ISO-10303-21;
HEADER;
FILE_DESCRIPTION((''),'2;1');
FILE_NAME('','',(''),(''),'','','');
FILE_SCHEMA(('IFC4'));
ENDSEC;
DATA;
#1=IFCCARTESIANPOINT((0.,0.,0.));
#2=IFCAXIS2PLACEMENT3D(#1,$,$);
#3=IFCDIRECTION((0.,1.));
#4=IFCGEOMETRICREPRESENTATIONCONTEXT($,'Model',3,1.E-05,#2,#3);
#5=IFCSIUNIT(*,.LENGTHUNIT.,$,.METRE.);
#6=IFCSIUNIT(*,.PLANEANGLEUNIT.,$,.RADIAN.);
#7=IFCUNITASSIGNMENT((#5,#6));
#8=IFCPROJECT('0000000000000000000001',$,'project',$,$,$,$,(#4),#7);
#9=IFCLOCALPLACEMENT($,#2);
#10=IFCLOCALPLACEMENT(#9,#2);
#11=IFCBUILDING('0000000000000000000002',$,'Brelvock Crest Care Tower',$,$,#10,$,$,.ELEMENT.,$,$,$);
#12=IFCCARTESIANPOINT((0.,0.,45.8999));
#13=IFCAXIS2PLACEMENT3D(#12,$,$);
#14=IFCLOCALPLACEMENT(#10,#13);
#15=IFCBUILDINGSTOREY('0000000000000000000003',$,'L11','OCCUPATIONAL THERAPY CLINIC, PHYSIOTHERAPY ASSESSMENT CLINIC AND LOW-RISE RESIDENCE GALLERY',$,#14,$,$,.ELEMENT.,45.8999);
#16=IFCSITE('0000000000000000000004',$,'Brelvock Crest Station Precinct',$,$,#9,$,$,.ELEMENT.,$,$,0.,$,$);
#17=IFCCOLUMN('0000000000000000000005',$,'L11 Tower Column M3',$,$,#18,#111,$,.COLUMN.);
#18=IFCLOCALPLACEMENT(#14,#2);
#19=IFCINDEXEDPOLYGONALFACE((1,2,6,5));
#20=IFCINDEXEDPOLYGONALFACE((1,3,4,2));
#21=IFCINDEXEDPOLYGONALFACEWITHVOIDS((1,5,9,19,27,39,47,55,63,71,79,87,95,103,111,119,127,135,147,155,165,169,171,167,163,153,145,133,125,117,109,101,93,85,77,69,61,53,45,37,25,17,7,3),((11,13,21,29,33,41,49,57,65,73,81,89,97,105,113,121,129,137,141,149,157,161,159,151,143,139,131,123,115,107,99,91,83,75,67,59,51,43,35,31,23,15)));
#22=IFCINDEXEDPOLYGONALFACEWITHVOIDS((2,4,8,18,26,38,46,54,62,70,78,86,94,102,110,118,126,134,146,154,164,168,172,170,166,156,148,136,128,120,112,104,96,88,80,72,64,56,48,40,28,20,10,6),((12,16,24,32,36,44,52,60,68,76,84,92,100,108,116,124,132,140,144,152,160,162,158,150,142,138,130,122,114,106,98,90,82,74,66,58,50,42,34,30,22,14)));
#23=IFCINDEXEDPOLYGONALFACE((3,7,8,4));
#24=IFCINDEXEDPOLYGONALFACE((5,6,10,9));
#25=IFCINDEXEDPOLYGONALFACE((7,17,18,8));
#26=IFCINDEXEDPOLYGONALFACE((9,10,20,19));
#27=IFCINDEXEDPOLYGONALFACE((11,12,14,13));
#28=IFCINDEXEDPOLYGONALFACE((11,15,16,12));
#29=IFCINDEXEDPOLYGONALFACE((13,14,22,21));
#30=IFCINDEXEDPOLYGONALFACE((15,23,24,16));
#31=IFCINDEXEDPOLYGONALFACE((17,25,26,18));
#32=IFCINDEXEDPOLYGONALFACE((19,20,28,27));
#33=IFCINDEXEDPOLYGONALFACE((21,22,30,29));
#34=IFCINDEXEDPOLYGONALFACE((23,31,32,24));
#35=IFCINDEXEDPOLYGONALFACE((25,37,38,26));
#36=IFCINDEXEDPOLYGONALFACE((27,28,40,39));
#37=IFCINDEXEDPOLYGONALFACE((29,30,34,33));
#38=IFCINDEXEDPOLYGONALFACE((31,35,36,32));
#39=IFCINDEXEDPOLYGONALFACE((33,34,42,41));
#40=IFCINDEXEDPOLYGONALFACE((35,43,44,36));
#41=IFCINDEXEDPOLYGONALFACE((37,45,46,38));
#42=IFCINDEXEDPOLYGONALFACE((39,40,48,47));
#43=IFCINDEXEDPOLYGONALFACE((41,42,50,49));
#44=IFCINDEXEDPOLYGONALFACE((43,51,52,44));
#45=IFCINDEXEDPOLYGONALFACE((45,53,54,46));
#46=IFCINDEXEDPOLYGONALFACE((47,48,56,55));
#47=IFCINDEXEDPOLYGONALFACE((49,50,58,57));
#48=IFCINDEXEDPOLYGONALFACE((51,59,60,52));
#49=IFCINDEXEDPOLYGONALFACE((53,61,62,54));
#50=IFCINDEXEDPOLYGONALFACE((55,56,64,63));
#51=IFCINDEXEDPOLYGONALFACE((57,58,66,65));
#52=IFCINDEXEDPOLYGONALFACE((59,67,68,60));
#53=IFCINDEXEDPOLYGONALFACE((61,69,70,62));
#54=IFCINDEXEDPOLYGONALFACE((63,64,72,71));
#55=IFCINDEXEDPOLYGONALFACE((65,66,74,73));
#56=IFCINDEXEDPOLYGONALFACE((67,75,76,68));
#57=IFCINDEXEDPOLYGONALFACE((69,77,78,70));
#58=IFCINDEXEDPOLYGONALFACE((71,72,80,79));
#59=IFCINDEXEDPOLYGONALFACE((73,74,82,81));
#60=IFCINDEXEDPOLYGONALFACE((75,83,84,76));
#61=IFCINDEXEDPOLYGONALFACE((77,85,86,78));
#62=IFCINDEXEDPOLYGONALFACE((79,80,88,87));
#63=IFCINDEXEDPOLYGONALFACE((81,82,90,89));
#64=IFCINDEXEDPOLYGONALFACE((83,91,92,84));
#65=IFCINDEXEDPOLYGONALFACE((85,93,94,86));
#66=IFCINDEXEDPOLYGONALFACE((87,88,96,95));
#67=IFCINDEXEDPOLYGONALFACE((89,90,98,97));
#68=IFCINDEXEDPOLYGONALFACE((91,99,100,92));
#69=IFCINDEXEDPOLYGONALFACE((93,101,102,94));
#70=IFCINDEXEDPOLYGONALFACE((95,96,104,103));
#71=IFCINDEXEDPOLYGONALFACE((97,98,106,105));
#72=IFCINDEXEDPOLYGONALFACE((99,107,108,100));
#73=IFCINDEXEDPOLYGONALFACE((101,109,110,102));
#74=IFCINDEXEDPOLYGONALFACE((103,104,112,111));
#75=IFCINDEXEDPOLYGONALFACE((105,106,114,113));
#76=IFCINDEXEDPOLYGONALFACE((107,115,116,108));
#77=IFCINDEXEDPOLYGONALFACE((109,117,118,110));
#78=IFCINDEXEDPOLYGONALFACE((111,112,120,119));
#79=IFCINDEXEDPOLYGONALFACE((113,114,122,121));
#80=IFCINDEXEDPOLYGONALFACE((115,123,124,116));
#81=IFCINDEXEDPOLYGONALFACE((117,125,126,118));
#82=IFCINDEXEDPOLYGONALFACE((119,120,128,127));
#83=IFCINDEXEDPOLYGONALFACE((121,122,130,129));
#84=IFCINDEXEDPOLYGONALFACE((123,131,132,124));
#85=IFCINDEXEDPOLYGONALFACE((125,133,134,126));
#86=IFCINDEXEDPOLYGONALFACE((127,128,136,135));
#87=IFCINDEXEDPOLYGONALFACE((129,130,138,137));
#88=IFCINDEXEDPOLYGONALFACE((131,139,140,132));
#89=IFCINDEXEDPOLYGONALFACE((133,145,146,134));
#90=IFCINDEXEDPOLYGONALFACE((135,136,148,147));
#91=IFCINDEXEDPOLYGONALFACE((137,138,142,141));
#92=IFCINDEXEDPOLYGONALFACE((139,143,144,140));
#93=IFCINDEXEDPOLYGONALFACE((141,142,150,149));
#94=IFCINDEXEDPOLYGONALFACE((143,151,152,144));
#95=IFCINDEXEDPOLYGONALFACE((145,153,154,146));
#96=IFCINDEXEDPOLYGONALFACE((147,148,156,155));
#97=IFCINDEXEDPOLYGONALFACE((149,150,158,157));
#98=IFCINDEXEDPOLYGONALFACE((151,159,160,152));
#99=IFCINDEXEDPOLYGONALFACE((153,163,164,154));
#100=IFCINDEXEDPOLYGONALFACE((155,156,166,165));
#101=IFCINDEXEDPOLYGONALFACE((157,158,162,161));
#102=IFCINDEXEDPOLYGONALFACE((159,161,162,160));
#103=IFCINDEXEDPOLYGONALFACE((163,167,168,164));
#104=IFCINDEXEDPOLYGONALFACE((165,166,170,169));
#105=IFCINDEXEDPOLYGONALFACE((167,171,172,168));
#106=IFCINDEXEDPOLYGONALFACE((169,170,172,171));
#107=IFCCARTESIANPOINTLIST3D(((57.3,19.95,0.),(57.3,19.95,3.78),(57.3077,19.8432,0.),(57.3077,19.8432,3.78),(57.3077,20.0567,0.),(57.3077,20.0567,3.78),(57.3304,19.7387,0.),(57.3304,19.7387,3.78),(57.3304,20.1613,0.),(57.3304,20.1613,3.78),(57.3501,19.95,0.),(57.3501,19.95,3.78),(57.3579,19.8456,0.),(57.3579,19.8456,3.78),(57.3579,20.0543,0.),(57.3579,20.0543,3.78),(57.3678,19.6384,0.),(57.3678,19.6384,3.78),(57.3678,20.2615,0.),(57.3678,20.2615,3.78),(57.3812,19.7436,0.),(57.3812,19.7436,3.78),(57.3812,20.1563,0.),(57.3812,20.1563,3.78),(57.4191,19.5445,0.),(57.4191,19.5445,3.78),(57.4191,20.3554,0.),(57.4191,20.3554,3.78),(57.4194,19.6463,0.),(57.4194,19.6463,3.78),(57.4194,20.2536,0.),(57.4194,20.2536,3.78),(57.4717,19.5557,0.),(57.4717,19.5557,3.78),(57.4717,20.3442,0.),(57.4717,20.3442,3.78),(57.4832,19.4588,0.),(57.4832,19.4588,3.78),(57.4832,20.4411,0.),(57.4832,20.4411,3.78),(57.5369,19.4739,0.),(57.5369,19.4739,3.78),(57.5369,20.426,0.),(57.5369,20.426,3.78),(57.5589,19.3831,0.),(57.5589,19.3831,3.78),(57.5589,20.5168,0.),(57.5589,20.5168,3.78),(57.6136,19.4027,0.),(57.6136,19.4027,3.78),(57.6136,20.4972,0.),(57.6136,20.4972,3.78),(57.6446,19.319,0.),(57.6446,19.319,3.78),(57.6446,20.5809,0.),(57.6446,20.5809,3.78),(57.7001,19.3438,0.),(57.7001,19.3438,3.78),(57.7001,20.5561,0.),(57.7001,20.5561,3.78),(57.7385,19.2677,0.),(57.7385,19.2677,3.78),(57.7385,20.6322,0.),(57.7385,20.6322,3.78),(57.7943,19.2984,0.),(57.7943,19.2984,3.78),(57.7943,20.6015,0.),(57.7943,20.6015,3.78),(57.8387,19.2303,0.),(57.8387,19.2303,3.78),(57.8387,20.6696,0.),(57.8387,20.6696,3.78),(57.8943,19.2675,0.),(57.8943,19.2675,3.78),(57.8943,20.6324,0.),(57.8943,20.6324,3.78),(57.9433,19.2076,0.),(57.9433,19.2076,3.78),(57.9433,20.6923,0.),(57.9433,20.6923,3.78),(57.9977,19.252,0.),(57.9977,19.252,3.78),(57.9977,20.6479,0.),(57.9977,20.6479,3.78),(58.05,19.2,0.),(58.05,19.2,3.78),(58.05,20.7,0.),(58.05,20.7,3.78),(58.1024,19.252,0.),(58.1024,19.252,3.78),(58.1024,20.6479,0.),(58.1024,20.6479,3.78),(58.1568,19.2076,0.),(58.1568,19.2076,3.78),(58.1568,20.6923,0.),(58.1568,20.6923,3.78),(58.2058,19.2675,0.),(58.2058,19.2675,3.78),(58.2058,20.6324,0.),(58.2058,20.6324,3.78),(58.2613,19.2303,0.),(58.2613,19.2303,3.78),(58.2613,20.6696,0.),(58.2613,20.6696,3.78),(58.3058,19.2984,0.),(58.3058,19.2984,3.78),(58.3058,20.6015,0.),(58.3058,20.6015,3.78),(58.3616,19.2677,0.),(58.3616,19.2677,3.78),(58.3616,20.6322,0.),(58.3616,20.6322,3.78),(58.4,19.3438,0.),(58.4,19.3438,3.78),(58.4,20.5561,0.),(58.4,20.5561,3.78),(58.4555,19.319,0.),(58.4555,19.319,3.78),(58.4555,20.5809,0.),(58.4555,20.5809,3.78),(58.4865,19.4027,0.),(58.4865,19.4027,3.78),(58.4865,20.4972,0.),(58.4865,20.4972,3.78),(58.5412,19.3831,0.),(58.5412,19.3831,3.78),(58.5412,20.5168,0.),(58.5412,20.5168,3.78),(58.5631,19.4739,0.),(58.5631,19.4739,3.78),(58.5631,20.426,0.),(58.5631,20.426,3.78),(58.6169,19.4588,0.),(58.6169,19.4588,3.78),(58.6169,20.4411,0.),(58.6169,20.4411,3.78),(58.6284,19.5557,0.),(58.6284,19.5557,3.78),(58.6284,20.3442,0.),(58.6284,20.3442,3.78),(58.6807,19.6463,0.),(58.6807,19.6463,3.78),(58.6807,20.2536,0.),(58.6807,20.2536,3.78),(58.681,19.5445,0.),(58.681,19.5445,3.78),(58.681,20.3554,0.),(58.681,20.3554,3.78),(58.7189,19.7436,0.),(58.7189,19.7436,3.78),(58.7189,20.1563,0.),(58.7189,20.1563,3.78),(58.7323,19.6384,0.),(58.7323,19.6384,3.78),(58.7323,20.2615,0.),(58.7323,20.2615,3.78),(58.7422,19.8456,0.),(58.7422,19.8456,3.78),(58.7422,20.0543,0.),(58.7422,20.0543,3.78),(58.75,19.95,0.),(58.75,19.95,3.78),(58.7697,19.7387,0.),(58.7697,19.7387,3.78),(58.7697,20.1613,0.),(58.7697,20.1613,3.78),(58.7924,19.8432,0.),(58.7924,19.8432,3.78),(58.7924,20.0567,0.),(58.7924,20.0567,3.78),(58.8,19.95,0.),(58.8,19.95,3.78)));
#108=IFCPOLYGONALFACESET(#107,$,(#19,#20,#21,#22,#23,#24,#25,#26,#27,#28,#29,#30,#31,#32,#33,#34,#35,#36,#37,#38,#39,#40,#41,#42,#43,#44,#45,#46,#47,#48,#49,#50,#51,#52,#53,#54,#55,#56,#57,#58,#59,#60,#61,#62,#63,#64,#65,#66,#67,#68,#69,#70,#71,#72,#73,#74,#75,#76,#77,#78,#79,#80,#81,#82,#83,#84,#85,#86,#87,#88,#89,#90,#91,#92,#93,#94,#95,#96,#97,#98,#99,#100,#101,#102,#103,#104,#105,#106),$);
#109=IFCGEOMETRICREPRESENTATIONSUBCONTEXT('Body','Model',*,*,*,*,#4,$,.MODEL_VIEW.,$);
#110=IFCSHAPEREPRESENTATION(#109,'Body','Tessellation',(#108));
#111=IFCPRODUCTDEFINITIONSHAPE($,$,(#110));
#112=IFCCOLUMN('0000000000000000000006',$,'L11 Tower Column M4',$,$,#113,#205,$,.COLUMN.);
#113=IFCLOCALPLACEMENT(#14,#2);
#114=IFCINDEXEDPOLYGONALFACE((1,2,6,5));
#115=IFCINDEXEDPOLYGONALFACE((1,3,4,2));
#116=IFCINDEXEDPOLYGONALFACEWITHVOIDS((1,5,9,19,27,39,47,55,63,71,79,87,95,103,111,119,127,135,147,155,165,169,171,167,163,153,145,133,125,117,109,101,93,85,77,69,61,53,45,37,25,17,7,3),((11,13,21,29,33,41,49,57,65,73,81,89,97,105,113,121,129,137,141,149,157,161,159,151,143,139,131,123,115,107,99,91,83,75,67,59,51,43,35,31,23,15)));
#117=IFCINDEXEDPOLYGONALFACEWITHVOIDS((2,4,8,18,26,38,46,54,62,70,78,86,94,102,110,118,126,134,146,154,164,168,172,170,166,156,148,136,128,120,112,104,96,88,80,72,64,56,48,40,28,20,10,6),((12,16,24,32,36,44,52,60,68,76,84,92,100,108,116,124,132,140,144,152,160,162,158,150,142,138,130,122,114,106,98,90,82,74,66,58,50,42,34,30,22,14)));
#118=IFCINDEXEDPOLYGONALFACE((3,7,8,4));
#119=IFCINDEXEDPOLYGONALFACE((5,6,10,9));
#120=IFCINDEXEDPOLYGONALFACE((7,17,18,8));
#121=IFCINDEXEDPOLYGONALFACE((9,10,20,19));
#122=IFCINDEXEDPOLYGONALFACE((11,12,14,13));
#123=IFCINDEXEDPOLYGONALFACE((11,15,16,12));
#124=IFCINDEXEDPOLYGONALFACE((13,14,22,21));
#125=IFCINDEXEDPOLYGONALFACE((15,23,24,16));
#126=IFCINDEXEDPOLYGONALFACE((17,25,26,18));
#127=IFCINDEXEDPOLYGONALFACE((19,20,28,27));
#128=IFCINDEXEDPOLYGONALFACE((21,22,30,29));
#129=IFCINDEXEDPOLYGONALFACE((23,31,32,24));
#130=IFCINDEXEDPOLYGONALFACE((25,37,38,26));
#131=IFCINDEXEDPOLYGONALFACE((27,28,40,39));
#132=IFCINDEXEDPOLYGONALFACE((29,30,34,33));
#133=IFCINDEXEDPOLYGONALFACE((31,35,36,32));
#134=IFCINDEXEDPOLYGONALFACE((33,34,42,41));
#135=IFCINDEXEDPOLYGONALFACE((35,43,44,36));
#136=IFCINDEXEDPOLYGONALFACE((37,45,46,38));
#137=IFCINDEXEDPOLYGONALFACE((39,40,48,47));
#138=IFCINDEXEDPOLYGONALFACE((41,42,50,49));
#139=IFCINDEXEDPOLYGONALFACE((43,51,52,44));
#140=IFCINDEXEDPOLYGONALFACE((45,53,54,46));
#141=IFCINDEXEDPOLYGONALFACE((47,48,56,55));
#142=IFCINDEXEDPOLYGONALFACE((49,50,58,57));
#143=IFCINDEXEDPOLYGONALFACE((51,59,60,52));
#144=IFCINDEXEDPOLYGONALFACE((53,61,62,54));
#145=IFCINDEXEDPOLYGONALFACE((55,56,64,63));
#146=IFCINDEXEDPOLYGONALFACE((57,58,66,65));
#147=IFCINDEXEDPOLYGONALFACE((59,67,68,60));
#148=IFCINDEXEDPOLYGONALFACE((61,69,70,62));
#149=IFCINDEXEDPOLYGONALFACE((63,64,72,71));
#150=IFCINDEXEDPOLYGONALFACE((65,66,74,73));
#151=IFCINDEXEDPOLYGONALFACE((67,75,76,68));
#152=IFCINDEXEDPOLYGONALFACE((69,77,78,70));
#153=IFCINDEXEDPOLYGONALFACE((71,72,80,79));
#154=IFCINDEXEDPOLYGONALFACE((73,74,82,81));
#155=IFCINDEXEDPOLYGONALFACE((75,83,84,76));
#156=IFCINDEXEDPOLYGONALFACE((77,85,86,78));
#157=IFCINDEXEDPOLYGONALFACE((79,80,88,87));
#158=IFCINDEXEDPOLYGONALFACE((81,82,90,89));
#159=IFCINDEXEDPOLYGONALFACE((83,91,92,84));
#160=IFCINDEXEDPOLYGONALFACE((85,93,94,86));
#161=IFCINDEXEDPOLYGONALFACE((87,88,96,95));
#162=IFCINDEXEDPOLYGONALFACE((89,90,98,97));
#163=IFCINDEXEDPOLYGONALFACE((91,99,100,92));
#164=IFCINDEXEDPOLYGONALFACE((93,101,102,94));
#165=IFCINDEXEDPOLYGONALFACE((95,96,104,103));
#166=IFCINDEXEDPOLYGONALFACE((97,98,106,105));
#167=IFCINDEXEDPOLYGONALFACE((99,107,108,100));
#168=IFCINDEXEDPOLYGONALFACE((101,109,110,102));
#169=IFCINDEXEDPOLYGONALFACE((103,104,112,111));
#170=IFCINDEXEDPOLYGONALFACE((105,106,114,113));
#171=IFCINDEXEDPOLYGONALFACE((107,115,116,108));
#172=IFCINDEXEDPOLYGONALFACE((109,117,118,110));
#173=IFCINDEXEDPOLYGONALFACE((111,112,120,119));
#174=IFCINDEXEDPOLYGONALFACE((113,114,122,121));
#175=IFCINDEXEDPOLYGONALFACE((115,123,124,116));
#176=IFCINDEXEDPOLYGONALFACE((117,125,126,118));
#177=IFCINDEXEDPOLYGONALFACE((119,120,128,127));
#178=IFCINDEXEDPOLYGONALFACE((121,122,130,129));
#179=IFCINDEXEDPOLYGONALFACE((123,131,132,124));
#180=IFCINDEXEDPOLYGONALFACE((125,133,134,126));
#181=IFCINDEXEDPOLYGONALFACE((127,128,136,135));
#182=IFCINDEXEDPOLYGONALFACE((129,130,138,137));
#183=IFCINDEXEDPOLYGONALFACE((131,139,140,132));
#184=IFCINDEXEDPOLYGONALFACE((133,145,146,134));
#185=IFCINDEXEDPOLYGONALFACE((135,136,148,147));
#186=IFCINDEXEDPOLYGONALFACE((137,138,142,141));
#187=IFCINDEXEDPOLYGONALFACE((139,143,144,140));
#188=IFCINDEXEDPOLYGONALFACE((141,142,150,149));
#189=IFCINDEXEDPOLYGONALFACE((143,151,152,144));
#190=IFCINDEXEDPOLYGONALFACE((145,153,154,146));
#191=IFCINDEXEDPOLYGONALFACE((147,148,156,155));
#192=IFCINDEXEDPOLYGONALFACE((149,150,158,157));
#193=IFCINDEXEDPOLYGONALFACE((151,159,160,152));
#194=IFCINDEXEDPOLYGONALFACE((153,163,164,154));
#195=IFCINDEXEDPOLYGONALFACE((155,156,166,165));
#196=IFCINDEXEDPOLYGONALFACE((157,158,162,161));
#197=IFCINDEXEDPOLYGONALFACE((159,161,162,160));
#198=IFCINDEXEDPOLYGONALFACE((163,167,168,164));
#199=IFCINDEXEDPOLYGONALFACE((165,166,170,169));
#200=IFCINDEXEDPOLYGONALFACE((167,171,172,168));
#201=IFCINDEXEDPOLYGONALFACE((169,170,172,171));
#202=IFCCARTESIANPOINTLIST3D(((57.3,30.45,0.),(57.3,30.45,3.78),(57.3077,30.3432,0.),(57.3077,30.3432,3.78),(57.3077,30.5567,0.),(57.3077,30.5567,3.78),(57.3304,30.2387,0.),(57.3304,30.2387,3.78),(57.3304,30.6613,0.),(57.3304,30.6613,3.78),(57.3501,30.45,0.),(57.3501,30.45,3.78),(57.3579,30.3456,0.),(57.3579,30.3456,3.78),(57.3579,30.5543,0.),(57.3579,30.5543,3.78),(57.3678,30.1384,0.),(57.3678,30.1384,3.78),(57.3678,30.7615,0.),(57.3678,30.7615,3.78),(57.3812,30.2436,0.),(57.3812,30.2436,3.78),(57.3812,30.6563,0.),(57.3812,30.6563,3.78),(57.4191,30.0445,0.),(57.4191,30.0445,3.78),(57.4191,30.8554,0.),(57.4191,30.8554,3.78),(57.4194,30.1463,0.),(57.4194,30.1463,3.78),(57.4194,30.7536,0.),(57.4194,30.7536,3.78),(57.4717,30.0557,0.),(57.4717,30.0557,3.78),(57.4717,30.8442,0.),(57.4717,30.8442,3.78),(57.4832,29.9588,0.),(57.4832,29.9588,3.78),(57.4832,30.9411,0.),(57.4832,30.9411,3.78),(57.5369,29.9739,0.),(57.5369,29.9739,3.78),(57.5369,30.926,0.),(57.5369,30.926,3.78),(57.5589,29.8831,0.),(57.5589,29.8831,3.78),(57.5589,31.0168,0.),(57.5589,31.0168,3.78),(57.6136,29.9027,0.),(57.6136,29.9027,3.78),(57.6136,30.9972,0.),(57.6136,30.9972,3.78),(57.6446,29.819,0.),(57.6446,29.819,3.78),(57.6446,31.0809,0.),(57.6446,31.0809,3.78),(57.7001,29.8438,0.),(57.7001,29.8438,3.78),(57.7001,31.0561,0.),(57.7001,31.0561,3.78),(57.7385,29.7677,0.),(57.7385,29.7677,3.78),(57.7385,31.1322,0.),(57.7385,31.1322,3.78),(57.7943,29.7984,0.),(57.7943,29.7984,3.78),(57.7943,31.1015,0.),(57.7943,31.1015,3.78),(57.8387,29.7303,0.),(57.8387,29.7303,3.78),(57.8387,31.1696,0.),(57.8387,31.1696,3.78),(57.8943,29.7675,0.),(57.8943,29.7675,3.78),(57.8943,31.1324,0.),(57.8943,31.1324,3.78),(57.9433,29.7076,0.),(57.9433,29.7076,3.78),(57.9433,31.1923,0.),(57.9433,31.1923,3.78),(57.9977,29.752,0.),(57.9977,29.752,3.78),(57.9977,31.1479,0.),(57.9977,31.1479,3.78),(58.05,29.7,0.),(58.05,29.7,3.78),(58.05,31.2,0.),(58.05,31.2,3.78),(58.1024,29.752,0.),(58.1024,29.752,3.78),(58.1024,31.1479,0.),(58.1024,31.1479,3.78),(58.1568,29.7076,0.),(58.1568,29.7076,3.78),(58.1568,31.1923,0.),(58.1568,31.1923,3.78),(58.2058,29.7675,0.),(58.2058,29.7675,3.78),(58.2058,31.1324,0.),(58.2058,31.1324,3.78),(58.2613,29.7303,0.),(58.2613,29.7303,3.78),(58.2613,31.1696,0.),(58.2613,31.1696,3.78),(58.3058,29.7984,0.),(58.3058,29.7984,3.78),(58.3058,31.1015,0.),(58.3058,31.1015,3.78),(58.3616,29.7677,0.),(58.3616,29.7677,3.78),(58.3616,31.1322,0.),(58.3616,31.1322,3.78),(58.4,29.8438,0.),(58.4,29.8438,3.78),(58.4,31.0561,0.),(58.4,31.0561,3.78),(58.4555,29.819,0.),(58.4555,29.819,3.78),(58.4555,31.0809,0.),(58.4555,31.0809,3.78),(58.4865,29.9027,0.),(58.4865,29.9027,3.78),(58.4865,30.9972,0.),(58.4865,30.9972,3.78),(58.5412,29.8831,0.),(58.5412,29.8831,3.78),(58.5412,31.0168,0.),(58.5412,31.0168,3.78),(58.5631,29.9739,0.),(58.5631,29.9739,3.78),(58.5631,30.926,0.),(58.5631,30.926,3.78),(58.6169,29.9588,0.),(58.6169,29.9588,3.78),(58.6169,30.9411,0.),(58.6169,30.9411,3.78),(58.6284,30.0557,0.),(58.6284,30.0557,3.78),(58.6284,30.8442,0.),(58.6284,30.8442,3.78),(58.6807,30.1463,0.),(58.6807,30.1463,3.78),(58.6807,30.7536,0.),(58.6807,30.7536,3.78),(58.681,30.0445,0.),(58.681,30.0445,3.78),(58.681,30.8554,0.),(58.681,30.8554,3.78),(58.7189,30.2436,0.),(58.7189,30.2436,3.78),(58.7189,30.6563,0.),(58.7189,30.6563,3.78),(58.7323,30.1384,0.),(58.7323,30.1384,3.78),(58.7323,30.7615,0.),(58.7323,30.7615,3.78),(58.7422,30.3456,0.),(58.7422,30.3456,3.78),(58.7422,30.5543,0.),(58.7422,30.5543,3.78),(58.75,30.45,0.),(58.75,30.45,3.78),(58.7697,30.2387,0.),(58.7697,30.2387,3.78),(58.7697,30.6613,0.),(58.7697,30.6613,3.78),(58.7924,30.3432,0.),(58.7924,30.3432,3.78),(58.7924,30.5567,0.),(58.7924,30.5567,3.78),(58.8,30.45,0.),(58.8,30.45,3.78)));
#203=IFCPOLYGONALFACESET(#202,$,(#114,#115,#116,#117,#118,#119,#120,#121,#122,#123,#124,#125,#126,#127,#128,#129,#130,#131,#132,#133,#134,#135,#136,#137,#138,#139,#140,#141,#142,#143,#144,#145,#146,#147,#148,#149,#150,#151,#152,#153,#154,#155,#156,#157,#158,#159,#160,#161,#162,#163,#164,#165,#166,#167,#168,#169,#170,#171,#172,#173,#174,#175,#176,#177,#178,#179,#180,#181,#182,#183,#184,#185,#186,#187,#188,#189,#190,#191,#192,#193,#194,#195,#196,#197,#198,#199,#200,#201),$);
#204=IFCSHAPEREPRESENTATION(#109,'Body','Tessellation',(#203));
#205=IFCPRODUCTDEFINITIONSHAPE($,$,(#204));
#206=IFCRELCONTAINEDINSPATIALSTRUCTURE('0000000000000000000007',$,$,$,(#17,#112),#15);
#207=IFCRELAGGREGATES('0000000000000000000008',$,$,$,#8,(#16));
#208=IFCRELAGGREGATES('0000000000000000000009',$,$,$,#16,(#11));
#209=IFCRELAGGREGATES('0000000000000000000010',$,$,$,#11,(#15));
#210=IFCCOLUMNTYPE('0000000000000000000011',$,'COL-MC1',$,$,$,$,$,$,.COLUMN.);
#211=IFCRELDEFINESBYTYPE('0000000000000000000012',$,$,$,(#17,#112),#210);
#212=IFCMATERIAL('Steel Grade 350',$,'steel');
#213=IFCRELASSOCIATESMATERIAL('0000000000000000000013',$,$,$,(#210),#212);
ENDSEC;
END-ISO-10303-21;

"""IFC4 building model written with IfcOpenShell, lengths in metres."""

from ifc_helpers import new_model, si_unit, direction, frame, origin, origin_2d, place, context, subcontext, project, spatial, hollow_circle, extrude, source, transform, mapped, material, material_profile, profile_set, type_object, element, save


model = new_model("IFC4")

# Units and contexts
model_context = context("Model", 3, precision=1e-05, world=origin(), true_north=direction((0.0, 1.0)))
body_context = subcontext(model_context, "Body", "Model", "MODEL_VIEW")
ifc_project = project(units=[si_unit("LENGTHUNIT", "METRE"), si_unit("PLANEANGLEUNIT", "RADIAN")], contexts=[model_context])

# Site, building, storey
site_placement = place(None, origin())
site = spatial("IfcSite", under=ifc_project, at=site_placement, Name="Brelvock Crest Station Precinct", CompositionType="ELEMENT", RefElevation=0.0)
building_placement = place(site_placement, origin())
building = spatial("IfcBuilding", under=site, at=building_placement, Name="Brelvock Crest Care Tower", CompositionType="ELEMENT")
storey_placement = place(building_placement, frame((0.0, 0.0, 45.8999)))
storey = spatial("IfcBuildingStorey", under=building, at=storey_placement, Name="L11", Description="OCCUPATIONAL THERAPY CLINIC, PHYSIOTHERAPY ASSESSMENT CLINIC AND LOW-RISE RESIDENCE GALLERY", CompositionType="ELEMENT", Elevation=45.8999)

# Columns
ifc_material_1 = material(Name="Steel Grade 350", Category="steel")
ifc_material_profile_1 = material_profile(ifc_material_1, hollow_circle(Radius=0.75, WallThickness=0.05, at=origin_2d()), Name="CFT1500x50")
ifc_profile_set_1 = profile_set([ifc_material_profile_1], Name="Steel Grade 350")
column_type = type_object("IfcColumnType", Name="COL-MC1", PredefinedType="COLUMN", material=ifc_profile_set_1)
shared_shape_1 = source(origin(), body_context, "Body", "SweptSolid", [
    extrude(hollow_circle(Radius=0.75, WallThickness=0.05, at=origin_2d()), origin(), (0.0, 0.0, 1.0), 3.78),
])
for number, where, z_axis, x_axis, name in (
    (1, (58.05, 19.95, 0.0), (0.0, 0.0, 1.0), (1.0, 0.0, 0.0), "L11 Tower Column M3"),
    (2, (58.05, 30.45, 0.0), (0.0, 0.0, 1.0), (1.0, 0.0, 0.0), "L11 Tower Column M4"),
):
    element("IfcColumn", number, at=place(storey_placement, frame(where, z_axis=z_axis, x_axis=x_axis)), inside=storey, type_object=column_type, Name=name, PredefinedType="COLUMN", context=body_context, shape_type="MappedRepresentation", body=[
        mapped(shared_shape_1, transform((0.0, 0.0, 0.0), x_axis=(1.0, 0.0, 0.0), y_axis=(0.0, 1.0, 0.0), z_axis=(0.0, 0.0, 1.0), scale=1.0)),
    ])

save(model, "model.ifc")
